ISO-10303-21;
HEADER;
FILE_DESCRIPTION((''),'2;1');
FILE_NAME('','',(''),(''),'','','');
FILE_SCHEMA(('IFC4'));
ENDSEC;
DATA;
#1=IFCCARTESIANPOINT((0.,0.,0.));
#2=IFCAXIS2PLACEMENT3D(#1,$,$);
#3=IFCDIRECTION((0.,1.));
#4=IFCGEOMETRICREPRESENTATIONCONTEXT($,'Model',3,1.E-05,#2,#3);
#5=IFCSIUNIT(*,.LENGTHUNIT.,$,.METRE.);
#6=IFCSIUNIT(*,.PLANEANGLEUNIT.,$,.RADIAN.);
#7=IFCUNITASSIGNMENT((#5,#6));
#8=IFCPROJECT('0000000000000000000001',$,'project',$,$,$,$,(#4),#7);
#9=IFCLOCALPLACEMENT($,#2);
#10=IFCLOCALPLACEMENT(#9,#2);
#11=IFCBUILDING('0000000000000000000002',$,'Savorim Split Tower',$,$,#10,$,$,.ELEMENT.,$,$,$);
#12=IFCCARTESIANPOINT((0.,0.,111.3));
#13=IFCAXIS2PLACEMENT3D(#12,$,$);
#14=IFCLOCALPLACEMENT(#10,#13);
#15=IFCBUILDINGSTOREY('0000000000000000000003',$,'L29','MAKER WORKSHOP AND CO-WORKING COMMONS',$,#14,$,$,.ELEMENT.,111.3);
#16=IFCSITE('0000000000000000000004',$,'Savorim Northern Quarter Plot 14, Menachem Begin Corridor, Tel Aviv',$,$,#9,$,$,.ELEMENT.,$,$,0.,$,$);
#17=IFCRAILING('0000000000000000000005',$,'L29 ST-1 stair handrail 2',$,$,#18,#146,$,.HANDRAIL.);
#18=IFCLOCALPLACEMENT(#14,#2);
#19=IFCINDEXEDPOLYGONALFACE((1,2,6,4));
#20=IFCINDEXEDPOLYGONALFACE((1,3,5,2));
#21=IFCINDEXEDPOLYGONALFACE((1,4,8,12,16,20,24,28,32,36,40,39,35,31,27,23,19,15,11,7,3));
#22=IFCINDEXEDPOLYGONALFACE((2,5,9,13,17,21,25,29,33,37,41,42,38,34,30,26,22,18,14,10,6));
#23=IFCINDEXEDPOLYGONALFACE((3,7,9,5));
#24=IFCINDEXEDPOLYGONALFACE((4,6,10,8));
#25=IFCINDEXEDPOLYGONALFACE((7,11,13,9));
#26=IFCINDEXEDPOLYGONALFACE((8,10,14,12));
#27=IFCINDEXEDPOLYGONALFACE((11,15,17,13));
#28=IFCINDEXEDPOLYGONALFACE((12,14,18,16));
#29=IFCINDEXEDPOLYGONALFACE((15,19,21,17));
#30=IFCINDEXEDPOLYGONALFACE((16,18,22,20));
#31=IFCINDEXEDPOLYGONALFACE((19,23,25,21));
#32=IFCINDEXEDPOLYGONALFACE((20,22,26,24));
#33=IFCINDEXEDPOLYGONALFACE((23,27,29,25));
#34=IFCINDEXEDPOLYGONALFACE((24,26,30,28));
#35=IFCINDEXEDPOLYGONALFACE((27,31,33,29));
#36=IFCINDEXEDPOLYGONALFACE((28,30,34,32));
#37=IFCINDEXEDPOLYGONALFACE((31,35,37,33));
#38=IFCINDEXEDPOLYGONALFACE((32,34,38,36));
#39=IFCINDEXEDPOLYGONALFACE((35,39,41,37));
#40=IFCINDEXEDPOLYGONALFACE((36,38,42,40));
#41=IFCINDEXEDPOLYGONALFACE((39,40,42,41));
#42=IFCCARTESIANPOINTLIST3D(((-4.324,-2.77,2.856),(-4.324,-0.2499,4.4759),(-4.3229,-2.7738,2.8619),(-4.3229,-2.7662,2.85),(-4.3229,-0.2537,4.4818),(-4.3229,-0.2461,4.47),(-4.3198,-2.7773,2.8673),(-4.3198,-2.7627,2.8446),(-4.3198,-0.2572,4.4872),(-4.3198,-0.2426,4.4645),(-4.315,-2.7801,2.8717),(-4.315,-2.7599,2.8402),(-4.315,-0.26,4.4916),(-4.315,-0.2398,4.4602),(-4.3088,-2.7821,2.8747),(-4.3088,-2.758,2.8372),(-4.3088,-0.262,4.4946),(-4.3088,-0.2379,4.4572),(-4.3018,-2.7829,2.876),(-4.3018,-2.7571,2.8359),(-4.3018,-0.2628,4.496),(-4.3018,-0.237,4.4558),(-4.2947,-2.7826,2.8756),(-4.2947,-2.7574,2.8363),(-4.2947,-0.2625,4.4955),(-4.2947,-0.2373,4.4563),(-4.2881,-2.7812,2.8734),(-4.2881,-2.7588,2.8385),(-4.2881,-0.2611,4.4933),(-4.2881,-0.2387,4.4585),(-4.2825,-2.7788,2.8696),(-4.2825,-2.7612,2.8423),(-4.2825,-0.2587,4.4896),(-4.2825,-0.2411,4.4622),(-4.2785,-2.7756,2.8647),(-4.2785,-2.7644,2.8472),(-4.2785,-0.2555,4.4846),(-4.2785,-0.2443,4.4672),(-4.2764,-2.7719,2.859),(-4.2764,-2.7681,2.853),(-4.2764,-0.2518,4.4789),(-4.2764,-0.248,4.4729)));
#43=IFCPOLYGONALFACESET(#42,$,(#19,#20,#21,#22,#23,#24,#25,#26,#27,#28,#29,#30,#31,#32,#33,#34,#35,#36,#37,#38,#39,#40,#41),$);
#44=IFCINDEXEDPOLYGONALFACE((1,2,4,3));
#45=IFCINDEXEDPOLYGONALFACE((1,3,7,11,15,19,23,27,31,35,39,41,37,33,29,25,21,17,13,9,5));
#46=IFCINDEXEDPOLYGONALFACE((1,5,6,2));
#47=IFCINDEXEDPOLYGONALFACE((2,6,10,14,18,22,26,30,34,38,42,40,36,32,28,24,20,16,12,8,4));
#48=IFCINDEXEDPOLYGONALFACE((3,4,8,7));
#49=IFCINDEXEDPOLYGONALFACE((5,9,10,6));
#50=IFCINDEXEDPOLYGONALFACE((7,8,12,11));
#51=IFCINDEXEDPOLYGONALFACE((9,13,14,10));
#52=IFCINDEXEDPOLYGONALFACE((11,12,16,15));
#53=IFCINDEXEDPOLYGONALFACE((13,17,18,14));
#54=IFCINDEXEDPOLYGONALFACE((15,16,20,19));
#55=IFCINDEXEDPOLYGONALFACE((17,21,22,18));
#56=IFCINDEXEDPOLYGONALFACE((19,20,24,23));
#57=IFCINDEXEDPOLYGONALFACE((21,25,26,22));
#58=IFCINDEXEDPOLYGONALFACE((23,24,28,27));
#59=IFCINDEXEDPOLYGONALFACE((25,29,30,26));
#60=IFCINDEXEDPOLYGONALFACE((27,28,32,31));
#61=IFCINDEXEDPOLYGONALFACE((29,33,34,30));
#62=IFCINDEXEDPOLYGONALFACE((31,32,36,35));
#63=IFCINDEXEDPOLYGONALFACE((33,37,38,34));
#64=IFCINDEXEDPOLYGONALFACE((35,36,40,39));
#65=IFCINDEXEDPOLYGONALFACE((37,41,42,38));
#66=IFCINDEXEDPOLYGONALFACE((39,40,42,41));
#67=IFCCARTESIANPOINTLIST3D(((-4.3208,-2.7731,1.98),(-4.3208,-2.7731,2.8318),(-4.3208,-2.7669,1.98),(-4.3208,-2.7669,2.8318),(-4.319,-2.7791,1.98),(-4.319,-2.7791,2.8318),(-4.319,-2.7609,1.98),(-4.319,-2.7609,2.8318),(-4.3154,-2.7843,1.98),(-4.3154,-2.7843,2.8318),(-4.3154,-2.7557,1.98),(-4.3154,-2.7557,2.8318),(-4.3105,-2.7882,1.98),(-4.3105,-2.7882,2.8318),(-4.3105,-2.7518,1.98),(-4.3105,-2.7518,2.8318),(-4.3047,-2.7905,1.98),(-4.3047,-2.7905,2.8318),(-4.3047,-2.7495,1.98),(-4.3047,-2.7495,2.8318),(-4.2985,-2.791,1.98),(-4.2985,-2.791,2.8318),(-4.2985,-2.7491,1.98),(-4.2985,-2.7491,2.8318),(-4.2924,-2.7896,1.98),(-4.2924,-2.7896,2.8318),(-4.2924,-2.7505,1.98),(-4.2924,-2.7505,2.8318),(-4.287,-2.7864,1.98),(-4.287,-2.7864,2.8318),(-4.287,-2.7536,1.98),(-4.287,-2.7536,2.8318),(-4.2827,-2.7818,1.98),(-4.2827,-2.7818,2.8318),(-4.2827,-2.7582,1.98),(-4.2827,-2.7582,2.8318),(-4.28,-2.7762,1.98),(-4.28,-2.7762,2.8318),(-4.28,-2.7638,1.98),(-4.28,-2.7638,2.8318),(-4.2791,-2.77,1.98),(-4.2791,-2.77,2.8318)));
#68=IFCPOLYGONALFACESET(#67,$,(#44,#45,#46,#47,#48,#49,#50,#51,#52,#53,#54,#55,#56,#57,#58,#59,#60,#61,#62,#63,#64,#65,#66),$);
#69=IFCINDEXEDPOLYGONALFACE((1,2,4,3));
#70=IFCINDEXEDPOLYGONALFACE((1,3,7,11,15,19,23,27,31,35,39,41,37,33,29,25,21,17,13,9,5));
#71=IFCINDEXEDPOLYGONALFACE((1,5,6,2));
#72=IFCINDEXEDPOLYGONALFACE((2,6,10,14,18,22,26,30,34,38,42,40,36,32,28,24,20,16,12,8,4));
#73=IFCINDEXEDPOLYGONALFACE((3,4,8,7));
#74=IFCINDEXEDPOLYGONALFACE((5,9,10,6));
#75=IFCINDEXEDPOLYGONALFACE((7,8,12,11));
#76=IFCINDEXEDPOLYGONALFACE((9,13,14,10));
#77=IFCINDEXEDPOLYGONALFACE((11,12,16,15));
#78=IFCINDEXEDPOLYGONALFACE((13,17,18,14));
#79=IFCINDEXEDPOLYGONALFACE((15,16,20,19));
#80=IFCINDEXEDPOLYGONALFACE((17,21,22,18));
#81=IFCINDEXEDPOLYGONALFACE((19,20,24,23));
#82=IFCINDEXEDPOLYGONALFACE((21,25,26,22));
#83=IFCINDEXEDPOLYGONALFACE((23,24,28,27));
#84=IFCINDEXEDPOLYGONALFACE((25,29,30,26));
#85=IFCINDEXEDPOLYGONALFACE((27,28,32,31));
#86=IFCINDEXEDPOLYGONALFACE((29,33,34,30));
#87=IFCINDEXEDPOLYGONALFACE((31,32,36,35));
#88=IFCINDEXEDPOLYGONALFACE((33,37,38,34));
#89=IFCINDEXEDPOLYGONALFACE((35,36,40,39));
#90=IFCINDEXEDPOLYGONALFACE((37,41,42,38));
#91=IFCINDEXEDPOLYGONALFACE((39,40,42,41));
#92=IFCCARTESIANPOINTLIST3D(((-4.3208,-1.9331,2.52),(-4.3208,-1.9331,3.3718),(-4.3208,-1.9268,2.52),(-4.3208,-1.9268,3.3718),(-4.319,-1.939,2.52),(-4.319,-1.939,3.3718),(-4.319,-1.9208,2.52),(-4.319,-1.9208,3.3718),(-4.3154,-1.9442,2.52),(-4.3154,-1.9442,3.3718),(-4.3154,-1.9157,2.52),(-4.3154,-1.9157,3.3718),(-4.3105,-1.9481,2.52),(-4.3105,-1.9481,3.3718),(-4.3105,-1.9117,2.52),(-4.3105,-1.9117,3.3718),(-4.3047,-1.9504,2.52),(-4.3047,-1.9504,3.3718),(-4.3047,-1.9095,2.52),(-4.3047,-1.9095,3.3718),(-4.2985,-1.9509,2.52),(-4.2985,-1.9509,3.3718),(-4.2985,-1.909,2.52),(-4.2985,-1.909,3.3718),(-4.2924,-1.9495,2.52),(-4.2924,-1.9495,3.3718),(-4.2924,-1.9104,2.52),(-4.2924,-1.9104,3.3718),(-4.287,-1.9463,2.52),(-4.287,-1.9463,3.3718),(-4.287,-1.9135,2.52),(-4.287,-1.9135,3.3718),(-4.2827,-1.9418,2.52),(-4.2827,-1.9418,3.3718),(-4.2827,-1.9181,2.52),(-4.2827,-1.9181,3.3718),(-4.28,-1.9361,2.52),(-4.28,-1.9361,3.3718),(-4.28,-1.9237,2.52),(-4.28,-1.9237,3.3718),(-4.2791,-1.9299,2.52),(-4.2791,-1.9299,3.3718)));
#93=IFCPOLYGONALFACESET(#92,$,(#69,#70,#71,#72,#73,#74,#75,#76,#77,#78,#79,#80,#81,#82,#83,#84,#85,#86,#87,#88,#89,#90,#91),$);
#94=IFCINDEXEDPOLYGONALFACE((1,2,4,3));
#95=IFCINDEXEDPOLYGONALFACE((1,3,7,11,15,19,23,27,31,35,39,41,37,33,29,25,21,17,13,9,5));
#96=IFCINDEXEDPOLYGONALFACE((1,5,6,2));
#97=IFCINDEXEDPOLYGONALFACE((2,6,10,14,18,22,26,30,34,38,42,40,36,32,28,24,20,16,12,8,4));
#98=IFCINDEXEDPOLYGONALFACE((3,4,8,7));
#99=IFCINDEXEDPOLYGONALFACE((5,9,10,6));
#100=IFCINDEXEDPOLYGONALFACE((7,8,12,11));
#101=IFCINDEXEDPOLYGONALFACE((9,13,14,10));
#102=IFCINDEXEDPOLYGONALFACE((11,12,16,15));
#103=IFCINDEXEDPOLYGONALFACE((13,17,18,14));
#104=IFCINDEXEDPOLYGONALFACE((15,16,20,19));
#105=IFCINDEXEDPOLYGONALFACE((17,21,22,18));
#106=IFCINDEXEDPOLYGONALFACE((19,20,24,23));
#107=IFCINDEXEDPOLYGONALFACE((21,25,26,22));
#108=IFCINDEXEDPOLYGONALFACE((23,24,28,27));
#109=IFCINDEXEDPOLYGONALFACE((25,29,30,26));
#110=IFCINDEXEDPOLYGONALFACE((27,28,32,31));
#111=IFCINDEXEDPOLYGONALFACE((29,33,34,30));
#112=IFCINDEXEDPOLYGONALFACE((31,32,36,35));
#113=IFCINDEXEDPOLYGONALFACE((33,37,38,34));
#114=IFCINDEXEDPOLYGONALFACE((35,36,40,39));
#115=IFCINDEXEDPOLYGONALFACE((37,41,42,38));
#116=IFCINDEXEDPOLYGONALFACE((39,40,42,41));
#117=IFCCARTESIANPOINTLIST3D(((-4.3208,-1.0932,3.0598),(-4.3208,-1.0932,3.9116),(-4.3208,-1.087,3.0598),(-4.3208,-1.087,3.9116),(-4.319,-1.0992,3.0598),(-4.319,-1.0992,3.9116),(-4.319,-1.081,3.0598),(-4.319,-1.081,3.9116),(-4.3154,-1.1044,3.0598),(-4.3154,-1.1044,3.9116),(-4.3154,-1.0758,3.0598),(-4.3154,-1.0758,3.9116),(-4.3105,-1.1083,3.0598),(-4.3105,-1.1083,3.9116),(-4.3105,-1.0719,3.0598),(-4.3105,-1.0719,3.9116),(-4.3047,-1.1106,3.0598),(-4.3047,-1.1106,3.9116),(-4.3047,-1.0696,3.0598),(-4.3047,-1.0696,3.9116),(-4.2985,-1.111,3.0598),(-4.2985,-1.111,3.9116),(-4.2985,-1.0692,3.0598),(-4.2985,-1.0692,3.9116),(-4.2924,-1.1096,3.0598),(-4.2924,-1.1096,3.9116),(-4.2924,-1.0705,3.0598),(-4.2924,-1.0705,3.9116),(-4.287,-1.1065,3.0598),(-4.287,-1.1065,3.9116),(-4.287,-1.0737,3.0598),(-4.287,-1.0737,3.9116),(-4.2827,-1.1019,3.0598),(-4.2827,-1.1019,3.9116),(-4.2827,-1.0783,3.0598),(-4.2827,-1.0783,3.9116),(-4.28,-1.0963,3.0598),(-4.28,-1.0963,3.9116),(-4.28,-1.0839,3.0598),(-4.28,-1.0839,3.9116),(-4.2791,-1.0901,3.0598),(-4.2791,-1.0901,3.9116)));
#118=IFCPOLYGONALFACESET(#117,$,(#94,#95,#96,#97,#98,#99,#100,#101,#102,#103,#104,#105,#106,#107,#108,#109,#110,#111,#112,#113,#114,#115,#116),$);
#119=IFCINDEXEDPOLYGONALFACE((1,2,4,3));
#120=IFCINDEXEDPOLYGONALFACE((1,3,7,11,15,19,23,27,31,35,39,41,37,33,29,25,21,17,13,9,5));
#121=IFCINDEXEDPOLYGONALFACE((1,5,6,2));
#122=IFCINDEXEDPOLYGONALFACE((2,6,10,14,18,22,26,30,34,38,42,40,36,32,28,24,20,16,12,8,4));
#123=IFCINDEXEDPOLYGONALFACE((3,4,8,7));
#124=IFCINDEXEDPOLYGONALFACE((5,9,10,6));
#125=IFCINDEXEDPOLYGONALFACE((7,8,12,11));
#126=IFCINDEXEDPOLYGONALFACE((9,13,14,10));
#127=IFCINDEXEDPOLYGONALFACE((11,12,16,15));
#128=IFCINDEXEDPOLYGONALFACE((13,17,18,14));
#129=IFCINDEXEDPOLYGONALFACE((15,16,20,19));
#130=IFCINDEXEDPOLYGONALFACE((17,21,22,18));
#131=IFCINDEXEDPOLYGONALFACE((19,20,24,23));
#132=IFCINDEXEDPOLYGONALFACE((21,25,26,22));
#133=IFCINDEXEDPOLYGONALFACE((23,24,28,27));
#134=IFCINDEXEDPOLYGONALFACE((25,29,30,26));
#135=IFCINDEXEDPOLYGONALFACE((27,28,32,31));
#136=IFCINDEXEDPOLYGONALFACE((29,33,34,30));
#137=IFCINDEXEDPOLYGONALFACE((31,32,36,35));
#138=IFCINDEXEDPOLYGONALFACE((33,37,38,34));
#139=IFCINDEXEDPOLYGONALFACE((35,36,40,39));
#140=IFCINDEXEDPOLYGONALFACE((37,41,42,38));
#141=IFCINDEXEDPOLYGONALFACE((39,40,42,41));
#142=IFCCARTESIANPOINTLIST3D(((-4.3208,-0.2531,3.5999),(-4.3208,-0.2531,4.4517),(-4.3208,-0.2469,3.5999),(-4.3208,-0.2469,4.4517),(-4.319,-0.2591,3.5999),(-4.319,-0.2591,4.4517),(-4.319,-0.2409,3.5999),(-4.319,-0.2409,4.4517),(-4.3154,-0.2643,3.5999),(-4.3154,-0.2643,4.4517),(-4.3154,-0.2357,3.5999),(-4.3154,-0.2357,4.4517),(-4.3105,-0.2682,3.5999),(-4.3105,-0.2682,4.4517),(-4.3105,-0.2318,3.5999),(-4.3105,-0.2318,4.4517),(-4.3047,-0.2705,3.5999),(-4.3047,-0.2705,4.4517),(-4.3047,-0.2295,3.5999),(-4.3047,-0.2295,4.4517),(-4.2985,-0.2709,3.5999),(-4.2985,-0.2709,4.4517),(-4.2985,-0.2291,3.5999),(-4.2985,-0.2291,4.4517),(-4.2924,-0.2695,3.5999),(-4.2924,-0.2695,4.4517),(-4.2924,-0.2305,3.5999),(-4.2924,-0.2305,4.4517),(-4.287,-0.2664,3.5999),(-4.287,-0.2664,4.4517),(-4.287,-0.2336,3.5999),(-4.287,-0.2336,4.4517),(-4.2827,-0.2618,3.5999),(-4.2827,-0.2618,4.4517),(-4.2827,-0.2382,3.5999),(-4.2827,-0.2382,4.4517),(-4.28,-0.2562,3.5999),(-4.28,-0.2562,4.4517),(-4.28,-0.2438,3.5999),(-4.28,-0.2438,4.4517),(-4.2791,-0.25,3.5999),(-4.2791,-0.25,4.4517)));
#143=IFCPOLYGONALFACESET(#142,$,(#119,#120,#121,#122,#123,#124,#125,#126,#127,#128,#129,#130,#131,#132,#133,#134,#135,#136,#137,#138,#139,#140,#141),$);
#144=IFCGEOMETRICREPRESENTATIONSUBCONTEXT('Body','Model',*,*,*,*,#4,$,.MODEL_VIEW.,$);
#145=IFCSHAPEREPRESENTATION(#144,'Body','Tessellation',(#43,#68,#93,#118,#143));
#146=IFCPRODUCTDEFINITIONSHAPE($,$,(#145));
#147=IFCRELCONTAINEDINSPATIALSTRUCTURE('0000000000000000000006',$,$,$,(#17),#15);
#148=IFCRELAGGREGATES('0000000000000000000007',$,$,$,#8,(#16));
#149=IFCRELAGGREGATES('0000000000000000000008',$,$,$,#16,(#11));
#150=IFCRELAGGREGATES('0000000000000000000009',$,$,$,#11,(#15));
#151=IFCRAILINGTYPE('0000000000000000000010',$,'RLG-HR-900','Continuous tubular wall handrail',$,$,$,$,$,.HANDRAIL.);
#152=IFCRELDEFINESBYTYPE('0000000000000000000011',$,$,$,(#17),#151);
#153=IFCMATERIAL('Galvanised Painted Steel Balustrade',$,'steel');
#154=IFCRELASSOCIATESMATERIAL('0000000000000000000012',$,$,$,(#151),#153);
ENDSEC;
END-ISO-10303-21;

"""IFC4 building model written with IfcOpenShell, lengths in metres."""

from ifc_helpers import new_model, si_unit, direction, frame, origin, origin_2d, place, context, subcontext, project, spatial, circle, extrude, material, type_object, element, save


model = new_model("IFC4")

# Units and contexts
model_context = context("Model", 3, precision=1e-05, world=origin(), true_north=direction((0.0, 1.0)))
body_context = subcontext(model_context, "Body", "Model", "MODEL_VIEW")
ifc_project = project(units=[si_unit("LENGTHUNIT", "METRE"), si_unit("PLANEANGLEUNIT", "RADIAN")], contexts=[model_context])

# Site, building, storey
site_placement = place(None, origin())
site = spatial("IfcSite", under=ifc_project, at=site_placement, Name="Savorim Northern Quarter Plot 14, Menachem Begin Corridor, Tel Aviv", CompositionType="ELEMENT", RefElevation=0.0)
building_placement = place(site_placement, origin())
building = spatial("IfcBuilding", under=site, at=building_placement, Name="Savorim Split Tower", CompositionType="ELEMENT")
storey_placement = place(building_placement, frame((0.0, 0.0, 111.3)))
storey = spatial("IfcBuildingStorey", under=building, at=storey_placement, Name="L29", Description="MAKER WORKSHOP AND CO-WORKING COMMONS", CompositionType="ELEMENT", Elevation=111.3)

# Railing
ifc_material_1 = material(Name="Galvanised Painted Steel Balustrade", Category="steel")
railing_type_1 = type_object("IfcRailingType", Name="RLG-HR-900", Description="Continuous tubular wall handrail", PredefinedType="HANDRAIL", material=ifc_material_1)
railing_1_placement = place(storey_placement, frame((-4.3, -2.77, 1.98)))
element("IfcRailing", 1, at=railing_1_placement, inside=storey, type_object=railing_type_1, Name="L29 ST-1 stair handrail 2", PredefinedType="HANDRAIL", context=body_context, shape_type="SweptSolid", body=[
    extrude(circle(Radius=0.0239, at=origin_2d()), frame((0.0, 0.0, 0.876), z_axis=(0.0, 0.8412, 0.540725), x_axis=(-1.0, 0.0, 0.0)), (0.0, 0.0, 1.0), 2.9958),
    extrude(circle(Radius=0.021, at=origin_2d()), origin(), (0.0, 0.0, 1.0), 0.8518),
    extrude(circle(Radius=0.021, at=origin_2d()), frame((0.0, 0.8401, 0.54)), (0.0, 0.0, 1.0), 0.8518),
    extrude(circle(Radius=0.021, at=origin_2d()), frame((0.0, 1.6799, 1.0798)), (0.0, 0.0, 1.0), 0.8518),
    extrude(circle(Radius=0.021, at=origin_2d()), frame((0.0, 2.52, 1.6199)), (0.0, 0.0, 1.0), 0.8518),
])

save(model, "model.ifc")
